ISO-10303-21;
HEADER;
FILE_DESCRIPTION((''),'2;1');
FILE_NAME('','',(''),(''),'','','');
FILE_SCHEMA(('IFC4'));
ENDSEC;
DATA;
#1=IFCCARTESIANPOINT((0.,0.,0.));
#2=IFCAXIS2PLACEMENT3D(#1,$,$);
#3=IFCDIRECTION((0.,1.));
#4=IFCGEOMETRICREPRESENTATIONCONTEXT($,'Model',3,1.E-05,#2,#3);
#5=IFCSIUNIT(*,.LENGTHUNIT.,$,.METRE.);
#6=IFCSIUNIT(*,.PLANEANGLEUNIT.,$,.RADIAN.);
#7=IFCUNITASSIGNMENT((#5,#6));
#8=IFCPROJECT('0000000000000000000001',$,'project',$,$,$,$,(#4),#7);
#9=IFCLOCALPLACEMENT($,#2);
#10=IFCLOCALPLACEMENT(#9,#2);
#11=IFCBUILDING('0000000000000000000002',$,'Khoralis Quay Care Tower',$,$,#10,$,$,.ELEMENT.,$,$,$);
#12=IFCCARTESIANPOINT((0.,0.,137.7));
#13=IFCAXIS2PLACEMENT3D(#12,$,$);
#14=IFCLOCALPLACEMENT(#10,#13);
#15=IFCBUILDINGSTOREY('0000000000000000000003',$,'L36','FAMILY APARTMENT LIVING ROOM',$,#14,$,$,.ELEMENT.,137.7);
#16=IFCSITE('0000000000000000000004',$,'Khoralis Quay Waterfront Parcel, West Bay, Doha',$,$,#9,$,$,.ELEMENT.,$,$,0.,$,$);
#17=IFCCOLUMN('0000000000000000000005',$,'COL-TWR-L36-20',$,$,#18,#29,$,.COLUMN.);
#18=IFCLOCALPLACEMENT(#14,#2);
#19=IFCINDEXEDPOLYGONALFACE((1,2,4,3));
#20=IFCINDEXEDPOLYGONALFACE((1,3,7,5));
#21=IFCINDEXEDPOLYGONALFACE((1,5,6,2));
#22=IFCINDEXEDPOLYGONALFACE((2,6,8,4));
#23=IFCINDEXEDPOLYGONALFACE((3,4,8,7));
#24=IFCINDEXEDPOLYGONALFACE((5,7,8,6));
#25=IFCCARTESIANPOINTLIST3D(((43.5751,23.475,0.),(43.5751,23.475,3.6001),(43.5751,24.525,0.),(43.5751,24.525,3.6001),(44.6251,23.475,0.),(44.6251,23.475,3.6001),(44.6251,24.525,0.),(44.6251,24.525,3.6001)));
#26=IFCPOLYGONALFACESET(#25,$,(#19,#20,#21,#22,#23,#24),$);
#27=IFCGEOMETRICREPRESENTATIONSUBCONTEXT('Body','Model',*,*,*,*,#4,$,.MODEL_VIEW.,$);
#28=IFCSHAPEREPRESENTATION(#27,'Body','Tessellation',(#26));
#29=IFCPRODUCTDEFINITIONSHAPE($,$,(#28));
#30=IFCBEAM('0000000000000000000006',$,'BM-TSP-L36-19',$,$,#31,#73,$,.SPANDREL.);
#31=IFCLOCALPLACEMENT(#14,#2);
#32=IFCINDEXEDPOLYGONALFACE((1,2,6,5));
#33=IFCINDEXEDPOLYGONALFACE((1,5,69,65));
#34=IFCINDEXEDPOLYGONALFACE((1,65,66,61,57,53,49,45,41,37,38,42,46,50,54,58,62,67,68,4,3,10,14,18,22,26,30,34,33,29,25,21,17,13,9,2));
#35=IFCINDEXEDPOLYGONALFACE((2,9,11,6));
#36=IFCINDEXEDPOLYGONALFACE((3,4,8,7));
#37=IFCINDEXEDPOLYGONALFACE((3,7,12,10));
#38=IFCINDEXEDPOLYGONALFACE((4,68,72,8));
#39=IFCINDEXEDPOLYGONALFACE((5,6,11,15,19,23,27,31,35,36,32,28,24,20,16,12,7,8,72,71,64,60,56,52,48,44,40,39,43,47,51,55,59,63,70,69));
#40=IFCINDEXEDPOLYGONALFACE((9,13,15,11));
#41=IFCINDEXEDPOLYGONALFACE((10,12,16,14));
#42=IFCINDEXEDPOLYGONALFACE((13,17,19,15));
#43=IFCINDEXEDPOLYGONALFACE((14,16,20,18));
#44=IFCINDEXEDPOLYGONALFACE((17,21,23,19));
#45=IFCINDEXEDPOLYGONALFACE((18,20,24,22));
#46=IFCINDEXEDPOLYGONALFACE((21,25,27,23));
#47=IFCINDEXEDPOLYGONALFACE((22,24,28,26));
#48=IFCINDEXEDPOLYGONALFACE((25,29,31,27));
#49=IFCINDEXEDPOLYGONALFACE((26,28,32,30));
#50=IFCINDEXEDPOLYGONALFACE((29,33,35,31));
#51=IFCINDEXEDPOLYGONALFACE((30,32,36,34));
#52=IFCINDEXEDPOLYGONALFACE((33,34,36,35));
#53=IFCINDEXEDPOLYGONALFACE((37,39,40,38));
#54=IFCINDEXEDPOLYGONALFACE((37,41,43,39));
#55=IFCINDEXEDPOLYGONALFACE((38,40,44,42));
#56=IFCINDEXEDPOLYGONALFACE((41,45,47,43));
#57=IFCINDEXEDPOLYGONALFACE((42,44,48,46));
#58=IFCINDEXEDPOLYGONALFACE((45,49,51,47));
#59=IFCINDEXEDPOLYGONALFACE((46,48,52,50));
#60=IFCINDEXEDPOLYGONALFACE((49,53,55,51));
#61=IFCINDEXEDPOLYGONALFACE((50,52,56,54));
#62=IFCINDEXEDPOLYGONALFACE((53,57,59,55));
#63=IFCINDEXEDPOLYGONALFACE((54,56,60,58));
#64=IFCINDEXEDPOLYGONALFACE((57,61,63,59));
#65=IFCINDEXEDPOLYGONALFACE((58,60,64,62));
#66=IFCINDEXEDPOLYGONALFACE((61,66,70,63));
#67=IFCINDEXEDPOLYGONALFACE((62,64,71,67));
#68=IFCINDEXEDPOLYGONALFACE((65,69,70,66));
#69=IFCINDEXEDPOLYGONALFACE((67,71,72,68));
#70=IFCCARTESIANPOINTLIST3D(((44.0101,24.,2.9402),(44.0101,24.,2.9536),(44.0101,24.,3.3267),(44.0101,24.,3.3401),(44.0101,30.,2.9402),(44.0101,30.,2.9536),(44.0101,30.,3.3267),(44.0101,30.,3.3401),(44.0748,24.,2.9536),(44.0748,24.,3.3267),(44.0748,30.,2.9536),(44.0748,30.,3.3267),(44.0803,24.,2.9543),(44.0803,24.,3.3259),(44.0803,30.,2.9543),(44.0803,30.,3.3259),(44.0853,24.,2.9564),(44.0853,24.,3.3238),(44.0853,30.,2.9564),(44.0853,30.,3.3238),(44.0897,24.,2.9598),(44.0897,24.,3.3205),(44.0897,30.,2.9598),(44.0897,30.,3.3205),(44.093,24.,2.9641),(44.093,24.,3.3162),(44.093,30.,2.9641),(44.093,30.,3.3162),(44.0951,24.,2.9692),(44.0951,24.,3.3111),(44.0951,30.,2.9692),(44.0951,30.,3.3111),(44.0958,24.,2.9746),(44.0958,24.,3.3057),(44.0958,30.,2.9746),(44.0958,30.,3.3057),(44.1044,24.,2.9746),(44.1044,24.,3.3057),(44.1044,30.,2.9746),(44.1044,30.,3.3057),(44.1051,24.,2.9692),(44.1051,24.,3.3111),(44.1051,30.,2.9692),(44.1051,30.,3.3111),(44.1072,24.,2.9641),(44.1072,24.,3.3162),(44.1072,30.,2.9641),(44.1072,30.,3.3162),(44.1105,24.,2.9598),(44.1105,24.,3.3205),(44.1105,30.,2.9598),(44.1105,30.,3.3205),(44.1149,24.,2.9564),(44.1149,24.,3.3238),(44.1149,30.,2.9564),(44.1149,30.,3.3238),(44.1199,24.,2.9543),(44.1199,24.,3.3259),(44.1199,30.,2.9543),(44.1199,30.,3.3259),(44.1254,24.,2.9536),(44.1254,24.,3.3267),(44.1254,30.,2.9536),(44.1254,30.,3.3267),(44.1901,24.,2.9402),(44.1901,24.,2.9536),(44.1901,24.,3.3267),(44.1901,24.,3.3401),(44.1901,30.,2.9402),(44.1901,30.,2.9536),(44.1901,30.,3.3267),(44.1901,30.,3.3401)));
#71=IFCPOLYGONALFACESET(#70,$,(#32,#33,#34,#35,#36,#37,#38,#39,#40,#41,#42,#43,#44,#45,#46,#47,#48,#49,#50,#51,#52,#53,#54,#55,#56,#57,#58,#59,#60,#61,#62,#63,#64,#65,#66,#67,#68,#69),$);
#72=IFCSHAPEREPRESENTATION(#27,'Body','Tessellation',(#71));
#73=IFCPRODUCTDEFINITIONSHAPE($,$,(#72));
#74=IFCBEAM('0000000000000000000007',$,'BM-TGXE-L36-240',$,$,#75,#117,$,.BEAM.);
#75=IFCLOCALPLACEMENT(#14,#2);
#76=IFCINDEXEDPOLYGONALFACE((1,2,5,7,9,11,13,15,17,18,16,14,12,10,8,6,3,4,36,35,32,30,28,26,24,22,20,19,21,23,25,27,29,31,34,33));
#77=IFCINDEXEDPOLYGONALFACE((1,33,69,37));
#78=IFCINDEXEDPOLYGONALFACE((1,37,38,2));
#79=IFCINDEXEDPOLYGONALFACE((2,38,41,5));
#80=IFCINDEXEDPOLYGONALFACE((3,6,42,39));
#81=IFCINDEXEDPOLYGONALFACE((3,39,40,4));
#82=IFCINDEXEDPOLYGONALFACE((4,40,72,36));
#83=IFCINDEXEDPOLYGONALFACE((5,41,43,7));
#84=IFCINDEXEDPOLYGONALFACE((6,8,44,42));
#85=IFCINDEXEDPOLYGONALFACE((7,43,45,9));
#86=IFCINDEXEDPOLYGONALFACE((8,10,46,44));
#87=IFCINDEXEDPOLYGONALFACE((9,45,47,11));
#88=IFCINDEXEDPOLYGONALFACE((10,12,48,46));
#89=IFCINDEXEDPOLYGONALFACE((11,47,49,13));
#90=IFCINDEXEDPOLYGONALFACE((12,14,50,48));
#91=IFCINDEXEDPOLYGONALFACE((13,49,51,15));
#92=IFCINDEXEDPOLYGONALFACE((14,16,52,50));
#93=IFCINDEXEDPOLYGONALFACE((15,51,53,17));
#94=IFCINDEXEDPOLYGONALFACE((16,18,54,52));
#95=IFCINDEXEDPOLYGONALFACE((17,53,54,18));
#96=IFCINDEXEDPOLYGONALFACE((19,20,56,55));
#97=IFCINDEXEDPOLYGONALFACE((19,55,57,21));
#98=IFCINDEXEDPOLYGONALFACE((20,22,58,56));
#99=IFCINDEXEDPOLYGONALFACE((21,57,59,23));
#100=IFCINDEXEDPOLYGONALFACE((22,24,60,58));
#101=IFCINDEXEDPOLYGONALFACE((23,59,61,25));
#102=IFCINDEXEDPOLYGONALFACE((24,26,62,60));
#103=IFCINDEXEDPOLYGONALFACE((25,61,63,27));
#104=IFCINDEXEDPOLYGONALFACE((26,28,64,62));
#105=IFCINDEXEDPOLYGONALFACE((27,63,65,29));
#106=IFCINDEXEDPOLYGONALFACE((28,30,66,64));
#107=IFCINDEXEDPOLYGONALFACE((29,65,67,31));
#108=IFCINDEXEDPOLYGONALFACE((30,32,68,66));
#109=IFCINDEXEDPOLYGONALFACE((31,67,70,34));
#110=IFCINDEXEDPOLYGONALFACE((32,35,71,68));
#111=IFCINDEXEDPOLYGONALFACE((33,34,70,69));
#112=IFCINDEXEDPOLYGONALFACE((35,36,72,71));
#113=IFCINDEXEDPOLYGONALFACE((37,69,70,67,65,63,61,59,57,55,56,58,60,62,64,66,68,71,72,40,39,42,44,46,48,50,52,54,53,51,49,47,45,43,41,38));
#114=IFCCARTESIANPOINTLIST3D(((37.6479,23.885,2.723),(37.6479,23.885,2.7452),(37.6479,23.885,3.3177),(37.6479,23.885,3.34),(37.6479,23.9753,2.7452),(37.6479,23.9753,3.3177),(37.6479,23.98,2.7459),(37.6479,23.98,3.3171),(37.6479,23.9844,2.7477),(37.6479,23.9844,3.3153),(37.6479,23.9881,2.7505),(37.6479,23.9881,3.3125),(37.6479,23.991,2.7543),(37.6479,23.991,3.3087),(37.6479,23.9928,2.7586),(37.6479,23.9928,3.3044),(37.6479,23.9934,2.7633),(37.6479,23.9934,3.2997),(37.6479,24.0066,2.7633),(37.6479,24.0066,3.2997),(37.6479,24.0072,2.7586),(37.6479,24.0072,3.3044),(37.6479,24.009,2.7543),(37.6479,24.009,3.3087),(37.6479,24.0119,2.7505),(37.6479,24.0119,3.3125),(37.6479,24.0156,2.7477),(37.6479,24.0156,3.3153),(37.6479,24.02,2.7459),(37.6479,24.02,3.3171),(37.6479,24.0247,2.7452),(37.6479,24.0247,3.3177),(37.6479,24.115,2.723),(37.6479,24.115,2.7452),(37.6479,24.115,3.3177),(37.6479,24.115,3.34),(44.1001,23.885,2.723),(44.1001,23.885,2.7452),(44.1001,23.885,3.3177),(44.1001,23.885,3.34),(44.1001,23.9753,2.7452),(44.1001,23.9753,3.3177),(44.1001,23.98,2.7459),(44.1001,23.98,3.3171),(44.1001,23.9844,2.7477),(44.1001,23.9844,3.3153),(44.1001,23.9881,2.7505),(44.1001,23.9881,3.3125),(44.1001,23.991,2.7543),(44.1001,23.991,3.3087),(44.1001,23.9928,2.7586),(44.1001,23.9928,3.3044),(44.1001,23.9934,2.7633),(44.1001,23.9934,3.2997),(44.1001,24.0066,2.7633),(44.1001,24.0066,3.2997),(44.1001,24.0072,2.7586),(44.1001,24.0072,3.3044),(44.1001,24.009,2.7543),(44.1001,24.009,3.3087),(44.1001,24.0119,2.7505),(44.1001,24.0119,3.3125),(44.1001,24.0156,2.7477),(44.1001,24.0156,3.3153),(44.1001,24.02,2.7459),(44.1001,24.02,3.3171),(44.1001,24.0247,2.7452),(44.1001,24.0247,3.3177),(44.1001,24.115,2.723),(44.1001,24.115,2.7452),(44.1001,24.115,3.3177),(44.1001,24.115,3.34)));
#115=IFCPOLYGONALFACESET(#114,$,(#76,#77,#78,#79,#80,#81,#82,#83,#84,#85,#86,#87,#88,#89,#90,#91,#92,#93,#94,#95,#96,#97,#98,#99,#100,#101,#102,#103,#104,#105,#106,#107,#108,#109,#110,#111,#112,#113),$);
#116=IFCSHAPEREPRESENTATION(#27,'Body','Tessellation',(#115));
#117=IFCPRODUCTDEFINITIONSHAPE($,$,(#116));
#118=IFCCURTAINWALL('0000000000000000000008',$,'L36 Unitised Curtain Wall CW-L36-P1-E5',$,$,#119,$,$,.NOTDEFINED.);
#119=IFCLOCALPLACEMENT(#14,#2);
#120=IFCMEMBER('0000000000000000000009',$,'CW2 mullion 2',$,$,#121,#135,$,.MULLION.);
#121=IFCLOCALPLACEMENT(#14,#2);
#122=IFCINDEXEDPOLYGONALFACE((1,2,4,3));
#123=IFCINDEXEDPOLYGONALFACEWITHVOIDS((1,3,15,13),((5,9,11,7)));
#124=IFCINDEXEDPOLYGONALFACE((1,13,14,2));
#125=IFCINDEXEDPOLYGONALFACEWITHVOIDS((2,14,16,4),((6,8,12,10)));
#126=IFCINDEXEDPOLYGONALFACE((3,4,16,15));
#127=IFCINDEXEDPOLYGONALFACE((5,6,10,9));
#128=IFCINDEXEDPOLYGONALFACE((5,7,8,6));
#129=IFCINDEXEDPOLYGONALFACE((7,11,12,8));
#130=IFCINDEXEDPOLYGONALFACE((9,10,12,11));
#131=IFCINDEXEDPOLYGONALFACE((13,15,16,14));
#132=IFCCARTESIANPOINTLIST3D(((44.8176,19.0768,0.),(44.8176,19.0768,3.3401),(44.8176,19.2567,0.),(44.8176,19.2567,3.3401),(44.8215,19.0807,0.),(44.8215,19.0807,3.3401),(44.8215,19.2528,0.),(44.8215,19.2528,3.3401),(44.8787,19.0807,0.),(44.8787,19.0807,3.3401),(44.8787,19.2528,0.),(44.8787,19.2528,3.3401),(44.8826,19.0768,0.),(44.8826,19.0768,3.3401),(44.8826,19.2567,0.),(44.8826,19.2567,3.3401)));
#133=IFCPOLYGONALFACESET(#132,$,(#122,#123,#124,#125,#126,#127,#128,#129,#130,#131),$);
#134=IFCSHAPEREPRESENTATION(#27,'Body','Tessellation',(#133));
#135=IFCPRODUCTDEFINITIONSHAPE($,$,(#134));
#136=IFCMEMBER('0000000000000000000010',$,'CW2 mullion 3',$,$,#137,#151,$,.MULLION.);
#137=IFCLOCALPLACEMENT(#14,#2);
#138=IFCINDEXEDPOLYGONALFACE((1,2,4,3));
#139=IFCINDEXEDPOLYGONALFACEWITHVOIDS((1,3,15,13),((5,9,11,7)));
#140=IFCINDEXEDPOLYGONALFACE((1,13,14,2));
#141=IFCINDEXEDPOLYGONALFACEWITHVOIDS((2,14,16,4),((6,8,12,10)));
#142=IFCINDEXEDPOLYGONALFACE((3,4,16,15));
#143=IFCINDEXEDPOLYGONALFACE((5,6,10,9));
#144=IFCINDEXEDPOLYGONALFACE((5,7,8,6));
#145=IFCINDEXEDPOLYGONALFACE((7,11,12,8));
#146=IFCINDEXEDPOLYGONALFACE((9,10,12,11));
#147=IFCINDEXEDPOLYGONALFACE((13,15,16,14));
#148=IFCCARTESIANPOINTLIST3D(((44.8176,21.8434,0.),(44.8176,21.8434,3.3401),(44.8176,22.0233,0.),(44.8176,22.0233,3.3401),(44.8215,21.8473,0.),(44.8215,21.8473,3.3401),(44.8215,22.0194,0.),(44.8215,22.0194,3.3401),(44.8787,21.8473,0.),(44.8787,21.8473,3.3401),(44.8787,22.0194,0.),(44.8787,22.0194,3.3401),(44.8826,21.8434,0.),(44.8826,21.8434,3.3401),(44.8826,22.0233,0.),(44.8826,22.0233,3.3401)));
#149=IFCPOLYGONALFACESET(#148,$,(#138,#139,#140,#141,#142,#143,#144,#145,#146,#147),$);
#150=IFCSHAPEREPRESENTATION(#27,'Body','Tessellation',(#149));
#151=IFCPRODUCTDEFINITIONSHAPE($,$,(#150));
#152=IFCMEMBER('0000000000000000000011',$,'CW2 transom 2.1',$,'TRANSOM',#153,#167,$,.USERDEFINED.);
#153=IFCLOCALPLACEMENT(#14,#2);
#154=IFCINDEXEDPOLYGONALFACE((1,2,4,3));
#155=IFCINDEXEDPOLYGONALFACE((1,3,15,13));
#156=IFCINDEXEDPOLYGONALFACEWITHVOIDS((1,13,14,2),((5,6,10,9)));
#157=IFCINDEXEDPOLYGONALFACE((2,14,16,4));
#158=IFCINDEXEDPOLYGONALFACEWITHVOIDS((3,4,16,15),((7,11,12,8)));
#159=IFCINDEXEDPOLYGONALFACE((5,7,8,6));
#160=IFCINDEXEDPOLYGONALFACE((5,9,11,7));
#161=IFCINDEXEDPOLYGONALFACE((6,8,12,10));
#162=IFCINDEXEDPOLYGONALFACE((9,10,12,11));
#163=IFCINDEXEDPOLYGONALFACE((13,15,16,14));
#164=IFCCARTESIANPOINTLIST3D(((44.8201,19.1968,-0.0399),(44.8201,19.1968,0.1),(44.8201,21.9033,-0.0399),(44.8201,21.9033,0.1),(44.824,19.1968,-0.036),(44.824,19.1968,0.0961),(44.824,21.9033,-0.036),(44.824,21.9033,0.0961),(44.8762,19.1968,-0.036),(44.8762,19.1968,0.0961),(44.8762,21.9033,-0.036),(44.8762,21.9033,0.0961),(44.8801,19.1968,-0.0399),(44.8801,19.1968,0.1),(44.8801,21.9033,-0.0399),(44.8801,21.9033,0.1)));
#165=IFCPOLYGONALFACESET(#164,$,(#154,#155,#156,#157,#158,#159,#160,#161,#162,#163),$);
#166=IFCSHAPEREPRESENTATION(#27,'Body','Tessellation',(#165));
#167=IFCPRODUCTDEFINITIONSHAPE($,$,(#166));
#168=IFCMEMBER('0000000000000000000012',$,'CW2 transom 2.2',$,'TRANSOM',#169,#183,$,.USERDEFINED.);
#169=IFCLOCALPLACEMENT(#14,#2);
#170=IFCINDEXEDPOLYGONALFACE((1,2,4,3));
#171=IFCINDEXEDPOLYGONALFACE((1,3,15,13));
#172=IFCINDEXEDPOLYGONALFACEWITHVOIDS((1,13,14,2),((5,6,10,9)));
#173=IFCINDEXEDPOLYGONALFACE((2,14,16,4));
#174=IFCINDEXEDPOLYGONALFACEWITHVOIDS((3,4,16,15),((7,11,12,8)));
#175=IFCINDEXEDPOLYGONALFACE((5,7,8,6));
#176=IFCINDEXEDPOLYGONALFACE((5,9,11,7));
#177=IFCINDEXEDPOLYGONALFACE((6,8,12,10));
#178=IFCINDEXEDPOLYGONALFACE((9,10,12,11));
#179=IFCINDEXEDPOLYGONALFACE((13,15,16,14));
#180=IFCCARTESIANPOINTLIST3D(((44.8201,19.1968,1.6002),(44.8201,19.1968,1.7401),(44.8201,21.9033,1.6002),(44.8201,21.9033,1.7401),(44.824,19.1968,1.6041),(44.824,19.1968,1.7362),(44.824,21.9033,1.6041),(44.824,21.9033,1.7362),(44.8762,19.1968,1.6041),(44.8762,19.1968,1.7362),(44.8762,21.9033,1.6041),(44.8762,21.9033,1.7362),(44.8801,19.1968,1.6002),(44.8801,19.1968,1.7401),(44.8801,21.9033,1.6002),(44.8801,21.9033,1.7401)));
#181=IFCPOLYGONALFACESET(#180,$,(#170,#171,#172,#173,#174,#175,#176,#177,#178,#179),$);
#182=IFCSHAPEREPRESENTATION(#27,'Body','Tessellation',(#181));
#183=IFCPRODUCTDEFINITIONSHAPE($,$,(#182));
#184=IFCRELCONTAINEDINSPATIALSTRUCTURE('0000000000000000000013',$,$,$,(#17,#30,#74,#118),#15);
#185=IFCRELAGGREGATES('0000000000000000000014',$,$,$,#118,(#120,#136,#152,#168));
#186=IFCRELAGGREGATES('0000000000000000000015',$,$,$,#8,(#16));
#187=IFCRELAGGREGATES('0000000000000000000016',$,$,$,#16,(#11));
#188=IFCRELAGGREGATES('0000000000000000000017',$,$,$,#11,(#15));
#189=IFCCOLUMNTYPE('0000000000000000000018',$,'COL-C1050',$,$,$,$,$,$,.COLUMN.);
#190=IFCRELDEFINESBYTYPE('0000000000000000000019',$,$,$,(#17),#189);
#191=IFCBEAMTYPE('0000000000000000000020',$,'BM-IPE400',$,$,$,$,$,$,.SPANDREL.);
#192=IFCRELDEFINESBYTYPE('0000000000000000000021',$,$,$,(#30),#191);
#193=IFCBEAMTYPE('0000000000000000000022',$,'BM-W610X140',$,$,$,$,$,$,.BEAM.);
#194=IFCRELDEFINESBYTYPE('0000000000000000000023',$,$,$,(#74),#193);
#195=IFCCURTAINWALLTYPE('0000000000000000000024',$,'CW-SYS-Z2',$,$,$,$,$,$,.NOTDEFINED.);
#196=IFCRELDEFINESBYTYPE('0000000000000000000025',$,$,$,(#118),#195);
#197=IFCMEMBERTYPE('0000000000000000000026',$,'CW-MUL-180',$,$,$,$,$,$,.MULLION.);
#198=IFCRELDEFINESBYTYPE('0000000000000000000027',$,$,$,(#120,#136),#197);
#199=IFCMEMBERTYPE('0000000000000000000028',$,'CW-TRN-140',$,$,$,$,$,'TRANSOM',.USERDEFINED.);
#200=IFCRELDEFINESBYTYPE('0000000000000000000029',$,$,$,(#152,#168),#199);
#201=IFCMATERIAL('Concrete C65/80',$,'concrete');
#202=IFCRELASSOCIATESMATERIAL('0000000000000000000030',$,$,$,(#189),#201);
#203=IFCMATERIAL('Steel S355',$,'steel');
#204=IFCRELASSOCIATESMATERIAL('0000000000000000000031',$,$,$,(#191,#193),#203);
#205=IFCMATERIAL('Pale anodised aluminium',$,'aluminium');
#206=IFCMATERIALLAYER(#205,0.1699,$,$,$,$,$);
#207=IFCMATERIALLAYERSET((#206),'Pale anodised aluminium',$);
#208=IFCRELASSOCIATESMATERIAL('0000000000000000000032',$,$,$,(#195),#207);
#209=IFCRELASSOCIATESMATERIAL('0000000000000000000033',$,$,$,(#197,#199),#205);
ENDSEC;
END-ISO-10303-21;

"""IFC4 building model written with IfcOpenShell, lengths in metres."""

from ifc_helpers import new_model, si_unit, direction, frame, origin, origin_2d, place, context, subcontext, project, spatial, rectangle, hollow_rectangle, i_section, extrude, source, transform, mapped, material, layer, layer_set, material_profile, profile_set, type_object, element, aggregate, save


model = new_model("IFC4")

# Units and contexts
model_context = context("Model", 3, precision=1e-05, world=origin(), true_north=direction((0.0, 1.0)))
body_context = subcontext(model_context, "Body", "Model", "MODEL_VIEW")
ifc_project = project(units=[si_unit("LENGTHUNIT", "METRE"), si_unit("PLANEANGLEUNIT", "RADIAN")], contexts=[model_context])

# Site, building, storey
site_placement = place(None, origin())
site = spatial("IfcSite", under=ifc_project, at=site_placement, Name="Khoralis Quay Waterfront Parcel, West Bay, Doha", CompositionType="ELEMENT", RefElevation=0.0)
building_placement = place(site_placement, origin())
building = spatial("IfcBuilding", under=site, at=building_placement, Name="Khoralis Quay Care Tower", CompositionType="ELEMENT")
storey_placement = place(building_placement, frame((0.0, 0.0, 137.7)))
storey = spatial("IfcBuildingStorey", under=building, at=storey_placement, Name="L36", Description="FAMILY APARTMENT LIVING ROOM", CompositionType="ELEMENT", Elevation=137.7)

# Column
ifc_material_1 = material(Name="Concrete C65/80", Category="concrete")
ifc_material_profile_1 = material_profile(ifc_material_1, rectangle(XDim=1.05, YDim=1.05, at=origin_2d()), Name="Concrete C65/80")
ifc_profile_set_1 = profile_set([ifc_material_profile_1], Name="Concrete C65/80")
column_type = type_object("IfcColumnType", Name="COL-C1050", PredefinedType="COLUMN", material=ifc_profile_set_1)
shared_shape_1 = source(origin(), body_context, "Body", "SweptSolid", [
    extrude(rectangle(XDim=1.05, YDim=1.05, at=origin_2d()), origin(), (0.0, 0.0, 1.0), 3.6001),
])
column_placement = place(storey_placement, frame((44.1001, 24.0, 0.0), z_axis=(0.0, 0.0, 1.0), x_axis=(1.0, 0.0, 0.0)))
element("IfcColumn", 1, at=column_placement, inside=storey, type_object=column_type, Name="COL-TWR-L36-20", PredefinedType="COLUMN", context=body_context, shape_type="MappedRepresentation", body=[
    mapped(shared_shape_1, transform((0.0, 0.0, 0.0), scale=1.0)),
])

# Beams
ifc_material_2 = material(Name="Steel S355", Category="steel")
ifc_material_profile_2 = material_profile(ifc_material_2, i_section(OverallWidth=0.1799, OverallDepth=0.3999, WebThickness=0.0085, FlangeThickness=0.0134, FilletRadius=0.021, at=origin_2d()), Name="Steel S355")
ifc_profile_set_2 = profile_set([ifc_material_profile_2], Name="Steel S355")
beam_type_1 = type_object("IfcBeamType", Name="BM-IPE400", PredefinedType="SPANDREL", material=ifc_profile_set_2)
shared_shape_2 = source(origin(), body_context, "Body", "SweptSolid", [
    extrude(i_section(OverallWidth=0.1799, OverallDepth=0.3999, WebThickness=0.0085, FlangeThickness=0.0134, FilletRadius=0.021, at=origin_2d()), origin(), (0.0, 0.0, 1.0), 6.0),
])
beam_1_placement = place(storey_placement, frame((44.1001, 24.0, 3.1401), z_axis=(0.0, 1.0, 0.0), x_axis=(-1.0, 0.0, 0.0)))
element("IfcBeam", 2, at=beam_1_placement, inside=storey, type_object=beam_type_1, Name="BM-TSP-L36-19", PredefinedType="SPANDREL", context=body_context, shape_type="MappedRepresentation", body=[
    mapped(shared_shape_2, transform((0.0, 0.0, 0.0), scale=1.0)),
])
ifc_material_profile_3 = material_profile(ifc_material_2, i_section(OverallWidth=0.23, OverallDepth=0.6169, WebThickness=0.0132, FlangeThickness=0.0222, FilletRadius=0.0181, at=origin_2d()), Name="Steel S355")
ifc_profile_set_3 = profile_set([ifc_material_profile_3], Name="Steel S355")
beam_type_2 = type_object("IfcBeamType", Name="BM-W610X140", PredefinedType="BEAM", material=ifc_profile_set_3)
shared_shape_3 = source(origin(), body_context, "Body", "SweptSolid", [
    extrude(i_section(OverallWidth=0.23, OverallDepth=0.6169, WebThickness=0.0132, FlangeThickness=0.0222, FilletRadius=0.0181, at=origin_2d()), origin(), (0.0, 0.0, 1.0), 6.4521),
])
beam_2_placement = place(storey_placement, frame((37.6479, 24.0, 3.0315), z_axis=(1.0, 0.0, 0.0), x_axis=(0.0, 1.0, 0.0)))
element("IfcBeam", 3, at=beam_2_placement, inside=storey, type_object=beam_type_2, Name="BM-TGXE-L36-240", PredefinedType="BEAM", context=body_context, shape_type="MappedRepresentation", body=[
    mapped(shared_shape_3, transform((0.0, 0.0, 0.0), scale=1.0)),
])

# Curtain wall, members
ifc_material_3 = material(Name="Pale anodised aluminium", Category="aluminium")
ifc_layer_1 = layer(ifc_material_3, 0.1699)
ifc_layer_set_1 = layer_set([ifc_layer_1], Name="Pale anodised aluminium")
curtain_wall_type = type_object("IfcCurtainWallType", Name="CW-SYS-Z2", PredefinedType="NOTDEFINED", material=ifc_layer_set_1)
curtain_wall_placement = place(storey_placement, origin())
curtain_wall = element("IfcCurtainWall", 4, at=curtain_wall_placement, inside=storey, type_object=curtain_wall_type, Name="L36 Unitised Curtain Wall CW-L36-P1-E5", PredefinedType="NOTDEFINED")
ifc_material_profile_4 = material_profile(ifc_material_3, hollow_rectangle(XDim=0.0649, YDim=0.1799, WallThickness=0.0039, at=origin_2d()), Name="Pale anodised aluminium")
ifc_profile_set_4 = profile_set([ifc_material_profile_4], Name="Pale anodised aluminium")
member_type_1 = type_object("IfcMemberType", Name="CW-MUL-180", PredefinedType="MULLION", material=ifc_profile_set_4)
shared_shape_4 = source(origin(), body_context, "Body", "SweptSolid", [
    extrude(hollow_rectangle(XDim=0.0649, YDim=0.1799, WallThickness=0.0039, at=origin_2d()), origin(), (0.0, 0.0, 1.0), 3.3401),
])
member_1_placement = place(storey_placement, frame((44.8501, 19.1667, 0.0), z_axis=(0.0, 0.0, 1.0), x_axis=(-1.0, 0.0, 0.0)))
member_1 = element("IfcMember", 5, at=member_1_placement, type_object=member_type_1, Name="CW2 mullion 2", PredefinedType="MULLION", context=body_context, shape_type="MappedRepresentation", body=[
    mapped(shared_shape_4, transform((0.0, 0.0, 0.0), scale=1.0)),
])
member_2_placement = place(storey_placement, frame((44.8501, 21.9333, 0.0), z_axis=(0.0, 0.0, 1.0), x_axis=(-1.0, 0.0, 0.0)))
member_2 = element("IfcMember", 6, at=member_2_placement, type_object=member_type_1, Name="CW2 mullion 3", PredefinedType="MULLION", context=body_context, shape_type="MappedRepresentation", body=[
    mapped(shared_shape_4, transform((0.0, 0.0, 0.0), scale=1.0)),
])
ifc_material_profile_5 = material_profile(ifc_material_3, hollow_rectangle(XDim=0.0601, YDim=0.1399, WallThickness=0.0039, at=origin_2d()), Name="Pale anodised aluminium")
ifc_profile_set_5 = profile_set([ifc_material_profile_5], Name="Pale anodised aluminium")
member_type_2 = type_object("IfcMemberType", Name="CW-TRN-140", ElementType="TRANSOM", PredefinedType="USERDEFINED", material=ifc_profile_set_5)
shared_shape_5 = source(origin(), body_context, "Body", "SweptSolid", [
    extrude(hollow_rectangle(XDim=0.0601, YDim=0.1399, WallThickness=0.0039, at=origin_2d()), origin(), (0.0, 0.0, 1.0), 2.7065),
])
member_3_placement = place(storey_placement, frame((44.8501, 19.1968, 0.03), z_axis=(0.0, 1.0, 0.0), x_axis=(-1.0, 0.0, 0.0)))
member_3 = element("IfcMember", 7, at=member_3_placement, type_object=member_type_2, Name="CW2 transom 2.1", ObjectType="TRANSOM", PredefinedType="USERDEFINED", context=body_context, shape_type="MappedRepresentation", body=[
    mapped(shared_shape_5, transform((0.0, 0.0, 0.0), scale=1.0)),
])
member_4_placement = place(storey_placement, frame((44.8501, 19.1968, 1.6702), z_axis=(0.0, 1.0, 0.0), x_axis=(-1.0, 0.0, 0.0)))
member_4 = element("IfcMember", 8, at=member_4_placement, type_object=member_type_2, Name="CW2 transom 2.2", ObjectType="TRANSOM", PredefinedType="USERDEFINED", context=body_context, shape_type="MappedRepresentation", body=[
    mapped(shared_shape_5, transform((0.0, 0.0, 0.0), scale=1.0)),
])
aggregate(curtain_wall, [member_1, member_2, member_3, member_4])

save(model, "model.ifc")
